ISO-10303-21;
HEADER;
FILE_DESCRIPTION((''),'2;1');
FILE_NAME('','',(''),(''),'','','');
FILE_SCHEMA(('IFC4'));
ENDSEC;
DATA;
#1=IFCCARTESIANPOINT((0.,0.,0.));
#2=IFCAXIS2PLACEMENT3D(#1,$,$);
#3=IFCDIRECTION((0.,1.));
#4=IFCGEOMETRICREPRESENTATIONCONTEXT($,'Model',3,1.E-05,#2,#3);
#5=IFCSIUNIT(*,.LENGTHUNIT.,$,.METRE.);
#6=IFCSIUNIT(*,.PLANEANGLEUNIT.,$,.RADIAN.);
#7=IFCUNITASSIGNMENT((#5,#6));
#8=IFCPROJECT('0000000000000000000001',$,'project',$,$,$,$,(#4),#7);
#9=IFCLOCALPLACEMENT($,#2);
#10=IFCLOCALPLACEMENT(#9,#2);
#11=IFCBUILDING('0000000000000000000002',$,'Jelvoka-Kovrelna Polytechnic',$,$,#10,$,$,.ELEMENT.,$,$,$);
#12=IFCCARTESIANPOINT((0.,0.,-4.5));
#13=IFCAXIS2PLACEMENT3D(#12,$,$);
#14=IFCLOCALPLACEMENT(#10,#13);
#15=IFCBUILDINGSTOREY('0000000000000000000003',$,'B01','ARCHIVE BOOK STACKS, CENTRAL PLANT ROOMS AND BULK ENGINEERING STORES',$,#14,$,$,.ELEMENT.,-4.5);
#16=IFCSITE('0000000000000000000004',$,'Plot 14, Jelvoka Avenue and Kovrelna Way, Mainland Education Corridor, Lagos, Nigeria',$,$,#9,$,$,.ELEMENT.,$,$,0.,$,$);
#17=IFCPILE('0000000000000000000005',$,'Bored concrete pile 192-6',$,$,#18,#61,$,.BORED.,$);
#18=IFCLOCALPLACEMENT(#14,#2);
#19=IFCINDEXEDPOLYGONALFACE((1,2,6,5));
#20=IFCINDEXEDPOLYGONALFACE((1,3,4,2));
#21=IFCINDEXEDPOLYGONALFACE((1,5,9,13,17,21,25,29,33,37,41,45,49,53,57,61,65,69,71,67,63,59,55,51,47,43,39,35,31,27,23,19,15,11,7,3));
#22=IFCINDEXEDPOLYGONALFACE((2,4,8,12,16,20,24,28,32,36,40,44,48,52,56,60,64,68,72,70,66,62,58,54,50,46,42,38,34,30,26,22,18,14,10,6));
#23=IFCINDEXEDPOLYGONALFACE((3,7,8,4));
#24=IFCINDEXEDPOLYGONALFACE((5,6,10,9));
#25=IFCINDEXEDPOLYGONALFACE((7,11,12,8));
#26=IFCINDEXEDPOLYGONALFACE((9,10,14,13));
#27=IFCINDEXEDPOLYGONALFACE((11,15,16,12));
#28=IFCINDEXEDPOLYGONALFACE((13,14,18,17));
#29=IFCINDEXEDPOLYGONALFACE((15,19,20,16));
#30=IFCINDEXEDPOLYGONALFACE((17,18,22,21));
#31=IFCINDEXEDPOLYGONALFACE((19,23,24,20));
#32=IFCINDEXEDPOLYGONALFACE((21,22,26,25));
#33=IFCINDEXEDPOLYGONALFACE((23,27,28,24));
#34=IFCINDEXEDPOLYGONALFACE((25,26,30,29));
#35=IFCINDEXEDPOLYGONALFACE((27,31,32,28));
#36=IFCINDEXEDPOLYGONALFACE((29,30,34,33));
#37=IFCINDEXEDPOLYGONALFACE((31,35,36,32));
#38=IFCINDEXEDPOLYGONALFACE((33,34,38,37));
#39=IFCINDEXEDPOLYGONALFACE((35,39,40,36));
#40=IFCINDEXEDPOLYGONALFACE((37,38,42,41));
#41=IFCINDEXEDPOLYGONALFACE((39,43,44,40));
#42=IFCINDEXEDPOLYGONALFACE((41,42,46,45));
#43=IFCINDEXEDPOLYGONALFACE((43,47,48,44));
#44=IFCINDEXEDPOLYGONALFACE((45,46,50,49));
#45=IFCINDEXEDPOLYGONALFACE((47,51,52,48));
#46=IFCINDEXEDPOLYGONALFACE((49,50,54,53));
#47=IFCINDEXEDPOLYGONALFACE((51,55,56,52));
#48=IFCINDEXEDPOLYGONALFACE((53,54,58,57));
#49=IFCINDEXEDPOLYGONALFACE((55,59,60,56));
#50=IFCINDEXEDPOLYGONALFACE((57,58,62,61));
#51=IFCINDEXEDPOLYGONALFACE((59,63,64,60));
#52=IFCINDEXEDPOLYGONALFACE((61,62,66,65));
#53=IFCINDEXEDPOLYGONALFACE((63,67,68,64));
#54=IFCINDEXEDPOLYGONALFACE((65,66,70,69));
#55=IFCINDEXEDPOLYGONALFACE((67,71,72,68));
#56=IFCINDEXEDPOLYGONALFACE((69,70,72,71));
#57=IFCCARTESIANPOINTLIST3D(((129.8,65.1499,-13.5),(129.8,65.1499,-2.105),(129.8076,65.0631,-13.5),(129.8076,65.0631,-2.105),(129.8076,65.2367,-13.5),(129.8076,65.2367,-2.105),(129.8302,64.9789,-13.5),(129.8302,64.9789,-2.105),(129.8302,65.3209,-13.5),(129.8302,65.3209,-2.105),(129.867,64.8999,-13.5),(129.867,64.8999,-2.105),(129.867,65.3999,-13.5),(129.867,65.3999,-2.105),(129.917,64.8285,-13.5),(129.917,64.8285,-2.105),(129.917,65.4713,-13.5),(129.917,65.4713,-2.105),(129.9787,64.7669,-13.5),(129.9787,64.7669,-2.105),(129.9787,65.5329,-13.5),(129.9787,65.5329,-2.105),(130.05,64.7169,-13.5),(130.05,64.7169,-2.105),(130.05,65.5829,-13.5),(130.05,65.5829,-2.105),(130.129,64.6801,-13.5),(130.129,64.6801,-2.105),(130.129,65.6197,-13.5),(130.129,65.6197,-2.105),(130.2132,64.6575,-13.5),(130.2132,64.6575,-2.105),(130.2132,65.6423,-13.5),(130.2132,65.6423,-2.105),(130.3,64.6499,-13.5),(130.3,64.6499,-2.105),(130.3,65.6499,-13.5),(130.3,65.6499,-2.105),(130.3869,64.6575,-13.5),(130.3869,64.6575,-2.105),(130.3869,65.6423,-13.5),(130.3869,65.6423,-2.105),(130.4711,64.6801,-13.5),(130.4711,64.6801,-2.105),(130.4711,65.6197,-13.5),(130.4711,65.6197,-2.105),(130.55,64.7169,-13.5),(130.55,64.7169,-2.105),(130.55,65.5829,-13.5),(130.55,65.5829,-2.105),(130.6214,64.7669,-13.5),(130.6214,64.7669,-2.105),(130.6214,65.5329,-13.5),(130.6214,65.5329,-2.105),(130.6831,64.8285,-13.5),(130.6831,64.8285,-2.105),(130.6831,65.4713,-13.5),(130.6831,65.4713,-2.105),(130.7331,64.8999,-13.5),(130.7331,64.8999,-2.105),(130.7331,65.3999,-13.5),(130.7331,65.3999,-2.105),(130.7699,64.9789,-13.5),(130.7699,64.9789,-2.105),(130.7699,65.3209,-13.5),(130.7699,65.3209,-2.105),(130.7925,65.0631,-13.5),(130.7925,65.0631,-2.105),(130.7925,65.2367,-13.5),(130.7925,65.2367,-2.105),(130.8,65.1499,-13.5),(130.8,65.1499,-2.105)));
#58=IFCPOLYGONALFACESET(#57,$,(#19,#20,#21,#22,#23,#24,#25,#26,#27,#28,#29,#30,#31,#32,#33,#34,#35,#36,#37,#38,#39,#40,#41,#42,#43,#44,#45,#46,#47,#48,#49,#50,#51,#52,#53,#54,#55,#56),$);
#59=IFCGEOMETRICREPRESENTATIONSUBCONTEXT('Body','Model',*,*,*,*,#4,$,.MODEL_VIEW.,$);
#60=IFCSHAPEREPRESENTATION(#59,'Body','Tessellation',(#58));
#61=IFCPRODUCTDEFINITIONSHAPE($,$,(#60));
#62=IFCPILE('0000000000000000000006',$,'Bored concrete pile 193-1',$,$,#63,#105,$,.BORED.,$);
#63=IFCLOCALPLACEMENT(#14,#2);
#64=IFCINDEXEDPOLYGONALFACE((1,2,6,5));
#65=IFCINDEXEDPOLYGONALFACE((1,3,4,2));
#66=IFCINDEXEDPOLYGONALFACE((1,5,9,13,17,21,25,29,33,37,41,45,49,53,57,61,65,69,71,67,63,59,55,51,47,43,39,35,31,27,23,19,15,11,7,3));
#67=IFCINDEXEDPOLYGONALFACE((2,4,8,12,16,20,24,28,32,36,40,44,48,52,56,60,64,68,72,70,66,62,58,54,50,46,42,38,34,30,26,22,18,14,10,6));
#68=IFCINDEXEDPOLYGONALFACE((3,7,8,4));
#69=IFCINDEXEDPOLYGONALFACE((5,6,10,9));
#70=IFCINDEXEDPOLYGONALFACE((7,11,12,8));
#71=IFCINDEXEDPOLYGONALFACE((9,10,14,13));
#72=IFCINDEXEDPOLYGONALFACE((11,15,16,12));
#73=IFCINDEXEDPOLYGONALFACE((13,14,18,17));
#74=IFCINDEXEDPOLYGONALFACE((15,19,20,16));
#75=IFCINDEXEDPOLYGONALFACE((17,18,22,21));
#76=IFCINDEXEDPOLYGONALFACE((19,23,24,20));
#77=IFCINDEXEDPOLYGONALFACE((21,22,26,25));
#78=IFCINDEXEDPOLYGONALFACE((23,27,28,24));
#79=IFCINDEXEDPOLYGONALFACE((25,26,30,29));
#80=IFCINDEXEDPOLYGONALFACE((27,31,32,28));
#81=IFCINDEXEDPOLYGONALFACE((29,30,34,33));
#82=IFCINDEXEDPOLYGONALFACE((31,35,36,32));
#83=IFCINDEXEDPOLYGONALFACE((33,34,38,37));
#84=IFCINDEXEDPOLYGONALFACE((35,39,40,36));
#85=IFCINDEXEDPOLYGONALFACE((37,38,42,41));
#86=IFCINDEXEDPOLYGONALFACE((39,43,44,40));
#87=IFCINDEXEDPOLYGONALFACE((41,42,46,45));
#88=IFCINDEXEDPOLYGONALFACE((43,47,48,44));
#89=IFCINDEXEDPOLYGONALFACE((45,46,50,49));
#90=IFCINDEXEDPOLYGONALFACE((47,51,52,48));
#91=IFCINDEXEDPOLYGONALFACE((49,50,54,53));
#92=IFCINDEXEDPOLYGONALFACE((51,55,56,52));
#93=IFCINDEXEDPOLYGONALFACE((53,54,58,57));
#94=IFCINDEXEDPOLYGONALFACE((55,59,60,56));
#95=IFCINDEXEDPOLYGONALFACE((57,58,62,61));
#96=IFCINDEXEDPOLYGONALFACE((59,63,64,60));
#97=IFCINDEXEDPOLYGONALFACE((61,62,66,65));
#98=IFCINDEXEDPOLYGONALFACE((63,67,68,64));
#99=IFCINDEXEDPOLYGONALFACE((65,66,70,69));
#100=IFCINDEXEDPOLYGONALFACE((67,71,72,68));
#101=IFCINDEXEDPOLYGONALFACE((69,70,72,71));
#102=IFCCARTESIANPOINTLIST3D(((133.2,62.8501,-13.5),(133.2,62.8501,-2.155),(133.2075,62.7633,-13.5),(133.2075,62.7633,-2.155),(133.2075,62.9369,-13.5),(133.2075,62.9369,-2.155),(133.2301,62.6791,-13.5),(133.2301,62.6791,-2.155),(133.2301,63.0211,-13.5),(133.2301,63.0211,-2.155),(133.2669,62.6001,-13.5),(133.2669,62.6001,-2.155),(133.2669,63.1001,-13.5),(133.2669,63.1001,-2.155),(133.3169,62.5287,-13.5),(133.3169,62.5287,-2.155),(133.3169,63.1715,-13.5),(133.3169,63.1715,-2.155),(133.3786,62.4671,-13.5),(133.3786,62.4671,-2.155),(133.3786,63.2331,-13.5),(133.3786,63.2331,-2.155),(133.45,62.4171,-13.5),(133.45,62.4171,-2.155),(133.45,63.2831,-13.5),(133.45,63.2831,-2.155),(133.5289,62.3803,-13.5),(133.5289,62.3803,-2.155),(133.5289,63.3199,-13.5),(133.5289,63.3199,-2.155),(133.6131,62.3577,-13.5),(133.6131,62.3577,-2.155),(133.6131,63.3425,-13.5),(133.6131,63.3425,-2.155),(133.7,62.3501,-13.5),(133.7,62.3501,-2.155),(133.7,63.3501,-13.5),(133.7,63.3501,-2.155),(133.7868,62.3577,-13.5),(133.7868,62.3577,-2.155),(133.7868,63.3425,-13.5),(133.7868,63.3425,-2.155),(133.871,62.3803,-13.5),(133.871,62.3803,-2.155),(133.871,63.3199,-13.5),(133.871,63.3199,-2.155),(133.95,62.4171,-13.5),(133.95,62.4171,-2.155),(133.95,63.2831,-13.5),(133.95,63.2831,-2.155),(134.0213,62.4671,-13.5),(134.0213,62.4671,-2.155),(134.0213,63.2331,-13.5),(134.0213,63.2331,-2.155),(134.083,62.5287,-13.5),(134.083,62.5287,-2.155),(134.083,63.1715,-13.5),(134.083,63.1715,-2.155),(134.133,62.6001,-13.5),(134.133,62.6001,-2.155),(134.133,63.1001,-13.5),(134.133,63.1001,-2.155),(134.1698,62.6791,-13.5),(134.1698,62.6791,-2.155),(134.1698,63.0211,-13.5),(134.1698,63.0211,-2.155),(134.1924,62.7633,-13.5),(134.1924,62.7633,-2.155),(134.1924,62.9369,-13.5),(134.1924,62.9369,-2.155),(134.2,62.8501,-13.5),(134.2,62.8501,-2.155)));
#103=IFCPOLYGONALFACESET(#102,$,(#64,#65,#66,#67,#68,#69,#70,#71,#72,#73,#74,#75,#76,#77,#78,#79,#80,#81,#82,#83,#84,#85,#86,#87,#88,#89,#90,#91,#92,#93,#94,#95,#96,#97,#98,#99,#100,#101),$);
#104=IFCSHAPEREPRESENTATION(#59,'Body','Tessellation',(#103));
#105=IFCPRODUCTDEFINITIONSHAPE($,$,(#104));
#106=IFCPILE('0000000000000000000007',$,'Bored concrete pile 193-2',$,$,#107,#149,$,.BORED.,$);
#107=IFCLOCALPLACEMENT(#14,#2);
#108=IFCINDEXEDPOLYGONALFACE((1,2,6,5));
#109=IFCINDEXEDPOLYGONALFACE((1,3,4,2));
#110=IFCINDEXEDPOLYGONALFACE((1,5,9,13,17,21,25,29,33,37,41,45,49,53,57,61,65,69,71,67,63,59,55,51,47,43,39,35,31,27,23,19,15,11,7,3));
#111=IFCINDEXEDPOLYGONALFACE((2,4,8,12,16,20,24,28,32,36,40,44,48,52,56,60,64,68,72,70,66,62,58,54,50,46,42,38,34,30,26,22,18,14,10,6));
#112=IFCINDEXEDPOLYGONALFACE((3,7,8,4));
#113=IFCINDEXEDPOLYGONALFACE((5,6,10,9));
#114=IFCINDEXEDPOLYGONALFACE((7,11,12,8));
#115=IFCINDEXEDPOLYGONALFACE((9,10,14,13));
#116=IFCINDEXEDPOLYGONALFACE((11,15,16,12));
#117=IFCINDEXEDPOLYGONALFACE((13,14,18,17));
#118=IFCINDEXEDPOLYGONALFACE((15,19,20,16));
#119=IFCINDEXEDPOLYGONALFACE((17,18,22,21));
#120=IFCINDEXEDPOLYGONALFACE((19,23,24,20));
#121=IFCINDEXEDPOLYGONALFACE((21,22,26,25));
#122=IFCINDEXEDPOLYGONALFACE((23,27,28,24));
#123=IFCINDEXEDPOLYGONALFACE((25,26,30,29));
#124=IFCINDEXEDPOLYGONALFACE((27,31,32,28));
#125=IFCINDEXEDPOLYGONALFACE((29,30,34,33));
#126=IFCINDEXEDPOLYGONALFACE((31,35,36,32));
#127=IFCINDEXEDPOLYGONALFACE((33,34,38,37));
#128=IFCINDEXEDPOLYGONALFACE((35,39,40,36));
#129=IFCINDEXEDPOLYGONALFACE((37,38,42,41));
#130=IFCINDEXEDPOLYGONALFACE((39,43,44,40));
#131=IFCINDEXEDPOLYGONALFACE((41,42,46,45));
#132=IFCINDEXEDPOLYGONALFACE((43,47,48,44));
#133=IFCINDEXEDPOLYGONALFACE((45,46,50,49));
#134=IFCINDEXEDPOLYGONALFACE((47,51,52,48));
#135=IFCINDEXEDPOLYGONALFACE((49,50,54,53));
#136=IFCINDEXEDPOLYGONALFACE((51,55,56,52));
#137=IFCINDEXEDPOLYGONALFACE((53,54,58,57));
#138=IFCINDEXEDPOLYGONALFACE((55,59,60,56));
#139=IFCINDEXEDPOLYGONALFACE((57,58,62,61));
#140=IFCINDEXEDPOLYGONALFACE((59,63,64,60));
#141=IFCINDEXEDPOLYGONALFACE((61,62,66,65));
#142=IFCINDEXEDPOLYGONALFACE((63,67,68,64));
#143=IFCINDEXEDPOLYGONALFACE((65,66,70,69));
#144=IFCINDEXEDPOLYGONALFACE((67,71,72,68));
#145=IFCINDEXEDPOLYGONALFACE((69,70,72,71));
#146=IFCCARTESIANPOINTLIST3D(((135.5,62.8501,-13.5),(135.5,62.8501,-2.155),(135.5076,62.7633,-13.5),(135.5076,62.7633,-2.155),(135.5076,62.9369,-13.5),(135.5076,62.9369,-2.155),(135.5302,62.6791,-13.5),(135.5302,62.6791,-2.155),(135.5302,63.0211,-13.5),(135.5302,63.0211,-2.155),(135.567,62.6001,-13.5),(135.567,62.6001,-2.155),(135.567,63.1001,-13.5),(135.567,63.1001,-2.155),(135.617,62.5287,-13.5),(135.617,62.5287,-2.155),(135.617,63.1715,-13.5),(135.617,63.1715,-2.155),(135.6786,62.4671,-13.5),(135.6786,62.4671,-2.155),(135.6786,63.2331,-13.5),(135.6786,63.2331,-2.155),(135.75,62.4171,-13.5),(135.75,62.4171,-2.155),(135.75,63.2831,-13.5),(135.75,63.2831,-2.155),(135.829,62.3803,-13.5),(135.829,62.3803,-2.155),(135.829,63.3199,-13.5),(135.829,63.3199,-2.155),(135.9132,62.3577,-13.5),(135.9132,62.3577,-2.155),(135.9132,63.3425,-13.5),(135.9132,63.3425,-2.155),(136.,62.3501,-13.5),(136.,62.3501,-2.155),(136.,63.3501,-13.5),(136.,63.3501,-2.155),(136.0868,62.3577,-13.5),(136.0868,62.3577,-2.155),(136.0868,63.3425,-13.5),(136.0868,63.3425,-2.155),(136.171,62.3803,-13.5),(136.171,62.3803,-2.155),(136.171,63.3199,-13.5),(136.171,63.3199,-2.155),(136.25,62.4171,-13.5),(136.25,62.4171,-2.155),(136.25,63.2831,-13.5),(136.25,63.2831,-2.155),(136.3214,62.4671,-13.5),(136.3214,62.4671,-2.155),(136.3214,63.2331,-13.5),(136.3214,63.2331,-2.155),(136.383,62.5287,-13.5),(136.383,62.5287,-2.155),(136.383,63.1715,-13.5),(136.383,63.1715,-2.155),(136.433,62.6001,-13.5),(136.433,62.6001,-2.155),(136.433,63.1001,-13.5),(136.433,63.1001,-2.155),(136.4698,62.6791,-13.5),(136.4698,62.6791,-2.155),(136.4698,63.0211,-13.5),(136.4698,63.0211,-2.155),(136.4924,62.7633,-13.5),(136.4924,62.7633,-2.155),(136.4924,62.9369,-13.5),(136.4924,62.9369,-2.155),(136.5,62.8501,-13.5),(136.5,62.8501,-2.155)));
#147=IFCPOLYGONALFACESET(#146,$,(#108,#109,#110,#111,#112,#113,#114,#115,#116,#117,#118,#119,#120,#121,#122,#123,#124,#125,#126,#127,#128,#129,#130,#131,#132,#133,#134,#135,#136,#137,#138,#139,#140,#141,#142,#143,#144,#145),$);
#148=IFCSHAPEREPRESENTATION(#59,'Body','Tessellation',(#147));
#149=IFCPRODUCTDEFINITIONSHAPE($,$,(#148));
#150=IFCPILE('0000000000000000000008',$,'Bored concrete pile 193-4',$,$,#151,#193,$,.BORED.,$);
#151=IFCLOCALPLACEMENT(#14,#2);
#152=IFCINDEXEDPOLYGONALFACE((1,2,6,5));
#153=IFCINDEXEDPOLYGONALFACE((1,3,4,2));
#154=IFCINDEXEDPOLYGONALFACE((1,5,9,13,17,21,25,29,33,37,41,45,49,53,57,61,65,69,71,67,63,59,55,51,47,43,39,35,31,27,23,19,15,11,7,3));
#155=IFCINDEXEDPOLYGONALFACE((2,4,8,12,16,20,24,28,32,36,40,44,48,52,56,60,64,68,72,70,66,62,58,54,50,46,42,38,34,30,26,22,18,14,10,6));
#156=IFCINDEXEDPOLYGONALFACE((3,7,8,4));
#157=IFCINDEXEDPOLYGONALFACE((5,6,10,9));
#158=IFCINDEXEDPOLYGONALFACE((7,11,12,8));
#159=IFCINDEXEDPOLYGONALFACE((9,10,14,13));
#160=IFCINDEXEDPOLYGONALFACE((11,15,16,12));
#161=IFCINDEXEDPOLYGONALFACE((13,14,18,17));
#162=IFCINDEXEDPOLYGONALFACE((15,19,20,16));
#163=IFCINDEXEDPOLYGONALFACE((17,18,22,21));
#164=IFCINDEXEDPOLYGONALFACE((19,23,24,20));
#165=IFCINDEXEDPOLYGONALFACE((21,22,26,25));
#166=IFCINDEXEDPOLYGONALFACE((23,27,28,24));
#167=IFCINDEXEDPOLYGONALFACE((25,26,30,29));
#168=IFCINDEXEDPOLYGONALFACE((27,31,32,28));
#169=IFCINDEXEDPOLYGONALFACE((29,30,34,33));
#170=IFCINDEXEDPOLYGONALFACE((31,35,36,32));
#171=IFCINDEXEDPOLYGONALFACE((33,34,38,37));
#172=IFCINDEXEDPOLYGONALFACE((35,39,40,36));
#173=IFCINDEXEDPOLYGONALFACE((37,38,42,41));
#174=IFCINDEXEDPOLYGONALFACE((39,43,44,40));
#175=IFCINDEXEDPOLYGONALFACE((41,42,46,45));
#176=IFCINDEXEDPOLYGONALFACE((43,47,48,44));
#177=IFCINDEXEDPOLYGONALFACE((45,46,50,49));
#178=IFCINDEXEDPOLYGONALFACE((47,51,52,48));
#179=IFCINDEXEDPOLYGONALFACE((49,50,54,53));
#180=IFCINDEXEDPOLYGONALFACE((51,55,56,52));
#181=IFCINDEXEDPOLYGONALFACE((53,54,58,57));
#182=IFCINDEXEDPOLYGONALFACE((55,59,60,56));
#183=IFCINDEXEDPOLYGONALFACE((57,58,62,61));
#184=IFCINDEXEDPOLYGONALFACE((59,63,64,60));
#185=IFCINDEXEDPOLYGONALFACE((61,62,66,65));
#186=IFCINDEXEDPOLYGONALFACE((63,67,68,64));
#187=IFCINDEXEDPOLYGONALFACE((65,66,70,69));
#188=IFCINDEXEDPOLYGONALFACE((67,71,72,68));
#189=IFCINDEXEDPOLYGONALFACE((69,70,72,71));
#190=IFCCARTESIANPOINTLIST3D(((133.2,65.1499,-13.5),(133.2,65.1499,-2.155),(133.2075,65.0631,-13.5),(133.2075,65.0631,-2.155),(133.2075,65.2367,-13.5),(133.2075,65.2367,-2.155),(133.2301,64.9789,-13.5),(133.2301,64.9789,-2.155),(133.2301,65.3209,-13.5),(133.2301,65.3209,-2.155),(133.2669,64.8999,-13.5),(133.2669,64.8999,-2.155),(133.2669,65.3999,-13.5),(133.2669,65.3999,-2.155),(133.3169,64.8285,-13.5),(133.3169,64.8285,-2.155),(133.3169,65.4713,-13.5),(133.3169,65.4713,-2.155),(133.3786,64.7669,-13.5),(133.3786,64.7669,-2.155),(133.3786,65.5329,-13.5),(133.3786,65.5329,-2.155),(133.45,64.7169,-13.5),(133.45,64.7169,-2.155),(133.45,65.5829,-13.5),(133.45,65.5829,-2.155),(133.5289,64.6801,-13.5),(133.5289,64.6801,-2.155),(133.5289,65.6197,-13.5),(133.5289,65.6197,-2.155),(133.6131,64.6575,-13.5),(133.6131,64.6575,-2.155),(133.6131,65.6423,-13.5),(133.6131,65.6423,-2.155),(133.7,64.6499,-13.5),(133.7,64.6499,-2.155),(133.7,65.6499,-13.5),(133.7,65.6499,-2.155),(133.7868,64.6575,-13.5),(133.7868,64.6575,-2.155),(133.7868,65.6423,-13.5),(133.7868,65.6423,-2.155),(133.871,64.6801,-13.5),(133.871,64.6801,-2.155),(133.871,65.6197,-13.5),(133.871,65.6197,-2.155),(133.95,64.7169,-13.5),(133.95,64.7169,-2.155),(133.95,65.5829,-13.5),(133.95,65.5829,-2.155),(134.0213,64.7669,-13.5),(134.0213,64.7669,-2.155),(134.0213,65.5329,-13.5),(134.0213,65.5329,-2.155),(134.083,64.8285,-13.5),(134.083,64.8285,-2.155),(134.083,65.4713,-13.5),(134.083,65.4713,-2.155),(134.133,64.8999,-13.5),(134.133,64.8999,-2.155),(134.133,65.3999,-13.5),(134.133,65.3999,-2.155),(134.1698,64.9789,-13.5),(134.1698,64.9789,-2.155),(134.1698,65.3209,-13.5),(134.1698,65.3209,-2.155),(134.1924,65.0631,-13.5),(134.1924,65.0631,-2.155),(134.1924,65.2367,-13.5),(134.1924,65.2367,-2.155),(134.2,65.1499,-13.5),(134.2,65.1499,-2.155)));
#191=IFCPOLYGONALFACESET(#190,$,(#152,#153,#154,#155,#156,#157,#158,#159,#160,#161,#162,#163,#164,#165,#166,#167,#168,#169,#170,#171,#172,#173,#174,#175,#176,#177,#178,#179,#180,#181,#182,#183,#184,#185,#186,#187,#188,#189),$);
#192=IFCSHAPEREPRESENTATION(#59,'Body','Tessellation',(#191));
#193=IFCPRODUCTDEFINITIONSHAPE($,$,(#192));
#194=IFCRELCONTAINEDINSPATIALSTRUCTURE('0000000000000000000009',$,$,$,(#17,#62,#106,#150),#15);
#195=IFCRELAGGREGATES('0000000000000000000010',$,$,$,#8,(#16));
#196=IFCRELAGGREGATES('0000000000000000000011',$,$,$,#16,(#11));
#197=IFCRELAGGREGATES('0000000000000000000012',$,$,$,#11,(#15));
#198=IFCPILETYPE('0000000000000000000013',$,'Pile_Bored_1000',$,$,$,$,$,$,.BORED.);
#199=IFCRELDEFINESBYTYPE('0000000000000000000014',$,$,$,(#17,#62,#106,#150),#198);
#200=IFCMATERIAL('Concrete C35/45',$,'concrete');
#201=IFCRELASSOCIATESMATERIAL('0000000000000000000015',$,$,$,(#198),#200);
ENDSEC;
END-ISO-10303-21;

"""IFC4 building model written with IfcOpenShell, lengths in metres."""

from ifc_helpers import new_model, si_unit, direction, frame, origin, origin_2d, place, context, subcontext, project, spatial, circle, extrude, material, material_profile, profile_set, type_object, element, save


model = new_model("IFC4")

# Units and contexts
model_context = context("Model", 3, precision=1e-05, world=origin(), true_north=direction((0.0, 1.0)))
body_context = subcontext(model_context, "Body", "Model", "MODEL_VIEW")
ifc_project = project(units=[si_unit("LENGTHUNIT", "METRE"), si_unit("PLANEANGLEUNIT", "RADIAN")], contexts=[model_context])

# Site, building, storey
site_placement = place(None, origin())
site = spatial("IfcSite", under=ifc_project, at=site_placement, Name="Plot 14, Jelvoka Avenue and Kovrelna Way, Mainland Education Corridor, Lagos, Nigeria", CompositionType="ELEMENT", RefElevation=0.0)
building_placement = place(site_placement, origin())
building = spatial("IfcBuilding", under=site, at=building_placement, Name="Jelvoka-Kovrelna Polytechnic", CompositionType="ELEMENT")
storey_placement = place(building_placement, frame((0.0, 0.0, -4.5)))
storey = spatial("IfcBuildingStorey", under=building, at=storey_placement, Name="B01", Description="ARCHIVE BOOK STACKS, CENTRAL PLANT ROOMS AND BULK ENGINEERING STORES", CompositionType="ELEMENT", Elevation=-4.5)

# Piles
ifc_material_1 = material(Name="Concrete C35/45", Category="concrete")
ifc_material_profile_1 = material_profile(ifc_material_1, circle(Radius=0.5, at=origin_2d()), Name="PILE D1000")
ifc_profile_set_1 = profile_set([ifc_material_profile_1], Name="Concrete C35/45")
pile_type = type_object("IfcPileType", Name="Pile_Bored_1000", PredefinedType="BORED", material=ifc_profile_set_1)
for number, where, z_axis, x_axis, name in (
    (1, (130.3, 65.1499, -2.105), (0.0, 0.0, -1.0), (1.0, 0.0, 0.0), "Bored concrete pile 192-6"),
):
    element("IfcPile", number, at=place(storey_placement, frame(where, z_axis=z_axis, x_axis=x_axis)), inside=storey, type_object=pile_type, Name=name, PredefinedType="BORED", context=body_context, shape_type="SweptSolid", body=[
        extrude(circle(Radius=0.5, at=origin_2d()), origin(), (0.0, 0.0, 1.0), 11.395),
    ])
for number, where, z_axis, x_axis, name in (
    (2, (133.7, 62.8501, -2.155), (0.0, 0.0, -1.0), (1.0, 0.0, 0.0), "Bored concrete pile 193-1"),
    (3, (136.0, 62.8501, -2.155), (0.0, 0.0, -1.0), (1.0, 0.0, 0.0), "Bored concrete pile 193-2"),
    (4, (133.7, 65.1499, -2.155), (0.0, 0.0, -1.0), (1.0, 0.0, 0.0), "Bored concrete pile 193-4"),
):
    element("IfcPile", number, at=place(storey_placement, frame(where, z_axis=z_axis, x_axis=x_axis)), inside=storey, type_object=pile_type, Name=name, PredefinedType="BORED", context=body_context, shape_type="SweptSolid", body=[
        extrude(circle(Radius=0.5, at=origin_2d()), origin(), (0.0, 0.0, 1.0), 11.345),
    ])

save(model, "model.ifc")
